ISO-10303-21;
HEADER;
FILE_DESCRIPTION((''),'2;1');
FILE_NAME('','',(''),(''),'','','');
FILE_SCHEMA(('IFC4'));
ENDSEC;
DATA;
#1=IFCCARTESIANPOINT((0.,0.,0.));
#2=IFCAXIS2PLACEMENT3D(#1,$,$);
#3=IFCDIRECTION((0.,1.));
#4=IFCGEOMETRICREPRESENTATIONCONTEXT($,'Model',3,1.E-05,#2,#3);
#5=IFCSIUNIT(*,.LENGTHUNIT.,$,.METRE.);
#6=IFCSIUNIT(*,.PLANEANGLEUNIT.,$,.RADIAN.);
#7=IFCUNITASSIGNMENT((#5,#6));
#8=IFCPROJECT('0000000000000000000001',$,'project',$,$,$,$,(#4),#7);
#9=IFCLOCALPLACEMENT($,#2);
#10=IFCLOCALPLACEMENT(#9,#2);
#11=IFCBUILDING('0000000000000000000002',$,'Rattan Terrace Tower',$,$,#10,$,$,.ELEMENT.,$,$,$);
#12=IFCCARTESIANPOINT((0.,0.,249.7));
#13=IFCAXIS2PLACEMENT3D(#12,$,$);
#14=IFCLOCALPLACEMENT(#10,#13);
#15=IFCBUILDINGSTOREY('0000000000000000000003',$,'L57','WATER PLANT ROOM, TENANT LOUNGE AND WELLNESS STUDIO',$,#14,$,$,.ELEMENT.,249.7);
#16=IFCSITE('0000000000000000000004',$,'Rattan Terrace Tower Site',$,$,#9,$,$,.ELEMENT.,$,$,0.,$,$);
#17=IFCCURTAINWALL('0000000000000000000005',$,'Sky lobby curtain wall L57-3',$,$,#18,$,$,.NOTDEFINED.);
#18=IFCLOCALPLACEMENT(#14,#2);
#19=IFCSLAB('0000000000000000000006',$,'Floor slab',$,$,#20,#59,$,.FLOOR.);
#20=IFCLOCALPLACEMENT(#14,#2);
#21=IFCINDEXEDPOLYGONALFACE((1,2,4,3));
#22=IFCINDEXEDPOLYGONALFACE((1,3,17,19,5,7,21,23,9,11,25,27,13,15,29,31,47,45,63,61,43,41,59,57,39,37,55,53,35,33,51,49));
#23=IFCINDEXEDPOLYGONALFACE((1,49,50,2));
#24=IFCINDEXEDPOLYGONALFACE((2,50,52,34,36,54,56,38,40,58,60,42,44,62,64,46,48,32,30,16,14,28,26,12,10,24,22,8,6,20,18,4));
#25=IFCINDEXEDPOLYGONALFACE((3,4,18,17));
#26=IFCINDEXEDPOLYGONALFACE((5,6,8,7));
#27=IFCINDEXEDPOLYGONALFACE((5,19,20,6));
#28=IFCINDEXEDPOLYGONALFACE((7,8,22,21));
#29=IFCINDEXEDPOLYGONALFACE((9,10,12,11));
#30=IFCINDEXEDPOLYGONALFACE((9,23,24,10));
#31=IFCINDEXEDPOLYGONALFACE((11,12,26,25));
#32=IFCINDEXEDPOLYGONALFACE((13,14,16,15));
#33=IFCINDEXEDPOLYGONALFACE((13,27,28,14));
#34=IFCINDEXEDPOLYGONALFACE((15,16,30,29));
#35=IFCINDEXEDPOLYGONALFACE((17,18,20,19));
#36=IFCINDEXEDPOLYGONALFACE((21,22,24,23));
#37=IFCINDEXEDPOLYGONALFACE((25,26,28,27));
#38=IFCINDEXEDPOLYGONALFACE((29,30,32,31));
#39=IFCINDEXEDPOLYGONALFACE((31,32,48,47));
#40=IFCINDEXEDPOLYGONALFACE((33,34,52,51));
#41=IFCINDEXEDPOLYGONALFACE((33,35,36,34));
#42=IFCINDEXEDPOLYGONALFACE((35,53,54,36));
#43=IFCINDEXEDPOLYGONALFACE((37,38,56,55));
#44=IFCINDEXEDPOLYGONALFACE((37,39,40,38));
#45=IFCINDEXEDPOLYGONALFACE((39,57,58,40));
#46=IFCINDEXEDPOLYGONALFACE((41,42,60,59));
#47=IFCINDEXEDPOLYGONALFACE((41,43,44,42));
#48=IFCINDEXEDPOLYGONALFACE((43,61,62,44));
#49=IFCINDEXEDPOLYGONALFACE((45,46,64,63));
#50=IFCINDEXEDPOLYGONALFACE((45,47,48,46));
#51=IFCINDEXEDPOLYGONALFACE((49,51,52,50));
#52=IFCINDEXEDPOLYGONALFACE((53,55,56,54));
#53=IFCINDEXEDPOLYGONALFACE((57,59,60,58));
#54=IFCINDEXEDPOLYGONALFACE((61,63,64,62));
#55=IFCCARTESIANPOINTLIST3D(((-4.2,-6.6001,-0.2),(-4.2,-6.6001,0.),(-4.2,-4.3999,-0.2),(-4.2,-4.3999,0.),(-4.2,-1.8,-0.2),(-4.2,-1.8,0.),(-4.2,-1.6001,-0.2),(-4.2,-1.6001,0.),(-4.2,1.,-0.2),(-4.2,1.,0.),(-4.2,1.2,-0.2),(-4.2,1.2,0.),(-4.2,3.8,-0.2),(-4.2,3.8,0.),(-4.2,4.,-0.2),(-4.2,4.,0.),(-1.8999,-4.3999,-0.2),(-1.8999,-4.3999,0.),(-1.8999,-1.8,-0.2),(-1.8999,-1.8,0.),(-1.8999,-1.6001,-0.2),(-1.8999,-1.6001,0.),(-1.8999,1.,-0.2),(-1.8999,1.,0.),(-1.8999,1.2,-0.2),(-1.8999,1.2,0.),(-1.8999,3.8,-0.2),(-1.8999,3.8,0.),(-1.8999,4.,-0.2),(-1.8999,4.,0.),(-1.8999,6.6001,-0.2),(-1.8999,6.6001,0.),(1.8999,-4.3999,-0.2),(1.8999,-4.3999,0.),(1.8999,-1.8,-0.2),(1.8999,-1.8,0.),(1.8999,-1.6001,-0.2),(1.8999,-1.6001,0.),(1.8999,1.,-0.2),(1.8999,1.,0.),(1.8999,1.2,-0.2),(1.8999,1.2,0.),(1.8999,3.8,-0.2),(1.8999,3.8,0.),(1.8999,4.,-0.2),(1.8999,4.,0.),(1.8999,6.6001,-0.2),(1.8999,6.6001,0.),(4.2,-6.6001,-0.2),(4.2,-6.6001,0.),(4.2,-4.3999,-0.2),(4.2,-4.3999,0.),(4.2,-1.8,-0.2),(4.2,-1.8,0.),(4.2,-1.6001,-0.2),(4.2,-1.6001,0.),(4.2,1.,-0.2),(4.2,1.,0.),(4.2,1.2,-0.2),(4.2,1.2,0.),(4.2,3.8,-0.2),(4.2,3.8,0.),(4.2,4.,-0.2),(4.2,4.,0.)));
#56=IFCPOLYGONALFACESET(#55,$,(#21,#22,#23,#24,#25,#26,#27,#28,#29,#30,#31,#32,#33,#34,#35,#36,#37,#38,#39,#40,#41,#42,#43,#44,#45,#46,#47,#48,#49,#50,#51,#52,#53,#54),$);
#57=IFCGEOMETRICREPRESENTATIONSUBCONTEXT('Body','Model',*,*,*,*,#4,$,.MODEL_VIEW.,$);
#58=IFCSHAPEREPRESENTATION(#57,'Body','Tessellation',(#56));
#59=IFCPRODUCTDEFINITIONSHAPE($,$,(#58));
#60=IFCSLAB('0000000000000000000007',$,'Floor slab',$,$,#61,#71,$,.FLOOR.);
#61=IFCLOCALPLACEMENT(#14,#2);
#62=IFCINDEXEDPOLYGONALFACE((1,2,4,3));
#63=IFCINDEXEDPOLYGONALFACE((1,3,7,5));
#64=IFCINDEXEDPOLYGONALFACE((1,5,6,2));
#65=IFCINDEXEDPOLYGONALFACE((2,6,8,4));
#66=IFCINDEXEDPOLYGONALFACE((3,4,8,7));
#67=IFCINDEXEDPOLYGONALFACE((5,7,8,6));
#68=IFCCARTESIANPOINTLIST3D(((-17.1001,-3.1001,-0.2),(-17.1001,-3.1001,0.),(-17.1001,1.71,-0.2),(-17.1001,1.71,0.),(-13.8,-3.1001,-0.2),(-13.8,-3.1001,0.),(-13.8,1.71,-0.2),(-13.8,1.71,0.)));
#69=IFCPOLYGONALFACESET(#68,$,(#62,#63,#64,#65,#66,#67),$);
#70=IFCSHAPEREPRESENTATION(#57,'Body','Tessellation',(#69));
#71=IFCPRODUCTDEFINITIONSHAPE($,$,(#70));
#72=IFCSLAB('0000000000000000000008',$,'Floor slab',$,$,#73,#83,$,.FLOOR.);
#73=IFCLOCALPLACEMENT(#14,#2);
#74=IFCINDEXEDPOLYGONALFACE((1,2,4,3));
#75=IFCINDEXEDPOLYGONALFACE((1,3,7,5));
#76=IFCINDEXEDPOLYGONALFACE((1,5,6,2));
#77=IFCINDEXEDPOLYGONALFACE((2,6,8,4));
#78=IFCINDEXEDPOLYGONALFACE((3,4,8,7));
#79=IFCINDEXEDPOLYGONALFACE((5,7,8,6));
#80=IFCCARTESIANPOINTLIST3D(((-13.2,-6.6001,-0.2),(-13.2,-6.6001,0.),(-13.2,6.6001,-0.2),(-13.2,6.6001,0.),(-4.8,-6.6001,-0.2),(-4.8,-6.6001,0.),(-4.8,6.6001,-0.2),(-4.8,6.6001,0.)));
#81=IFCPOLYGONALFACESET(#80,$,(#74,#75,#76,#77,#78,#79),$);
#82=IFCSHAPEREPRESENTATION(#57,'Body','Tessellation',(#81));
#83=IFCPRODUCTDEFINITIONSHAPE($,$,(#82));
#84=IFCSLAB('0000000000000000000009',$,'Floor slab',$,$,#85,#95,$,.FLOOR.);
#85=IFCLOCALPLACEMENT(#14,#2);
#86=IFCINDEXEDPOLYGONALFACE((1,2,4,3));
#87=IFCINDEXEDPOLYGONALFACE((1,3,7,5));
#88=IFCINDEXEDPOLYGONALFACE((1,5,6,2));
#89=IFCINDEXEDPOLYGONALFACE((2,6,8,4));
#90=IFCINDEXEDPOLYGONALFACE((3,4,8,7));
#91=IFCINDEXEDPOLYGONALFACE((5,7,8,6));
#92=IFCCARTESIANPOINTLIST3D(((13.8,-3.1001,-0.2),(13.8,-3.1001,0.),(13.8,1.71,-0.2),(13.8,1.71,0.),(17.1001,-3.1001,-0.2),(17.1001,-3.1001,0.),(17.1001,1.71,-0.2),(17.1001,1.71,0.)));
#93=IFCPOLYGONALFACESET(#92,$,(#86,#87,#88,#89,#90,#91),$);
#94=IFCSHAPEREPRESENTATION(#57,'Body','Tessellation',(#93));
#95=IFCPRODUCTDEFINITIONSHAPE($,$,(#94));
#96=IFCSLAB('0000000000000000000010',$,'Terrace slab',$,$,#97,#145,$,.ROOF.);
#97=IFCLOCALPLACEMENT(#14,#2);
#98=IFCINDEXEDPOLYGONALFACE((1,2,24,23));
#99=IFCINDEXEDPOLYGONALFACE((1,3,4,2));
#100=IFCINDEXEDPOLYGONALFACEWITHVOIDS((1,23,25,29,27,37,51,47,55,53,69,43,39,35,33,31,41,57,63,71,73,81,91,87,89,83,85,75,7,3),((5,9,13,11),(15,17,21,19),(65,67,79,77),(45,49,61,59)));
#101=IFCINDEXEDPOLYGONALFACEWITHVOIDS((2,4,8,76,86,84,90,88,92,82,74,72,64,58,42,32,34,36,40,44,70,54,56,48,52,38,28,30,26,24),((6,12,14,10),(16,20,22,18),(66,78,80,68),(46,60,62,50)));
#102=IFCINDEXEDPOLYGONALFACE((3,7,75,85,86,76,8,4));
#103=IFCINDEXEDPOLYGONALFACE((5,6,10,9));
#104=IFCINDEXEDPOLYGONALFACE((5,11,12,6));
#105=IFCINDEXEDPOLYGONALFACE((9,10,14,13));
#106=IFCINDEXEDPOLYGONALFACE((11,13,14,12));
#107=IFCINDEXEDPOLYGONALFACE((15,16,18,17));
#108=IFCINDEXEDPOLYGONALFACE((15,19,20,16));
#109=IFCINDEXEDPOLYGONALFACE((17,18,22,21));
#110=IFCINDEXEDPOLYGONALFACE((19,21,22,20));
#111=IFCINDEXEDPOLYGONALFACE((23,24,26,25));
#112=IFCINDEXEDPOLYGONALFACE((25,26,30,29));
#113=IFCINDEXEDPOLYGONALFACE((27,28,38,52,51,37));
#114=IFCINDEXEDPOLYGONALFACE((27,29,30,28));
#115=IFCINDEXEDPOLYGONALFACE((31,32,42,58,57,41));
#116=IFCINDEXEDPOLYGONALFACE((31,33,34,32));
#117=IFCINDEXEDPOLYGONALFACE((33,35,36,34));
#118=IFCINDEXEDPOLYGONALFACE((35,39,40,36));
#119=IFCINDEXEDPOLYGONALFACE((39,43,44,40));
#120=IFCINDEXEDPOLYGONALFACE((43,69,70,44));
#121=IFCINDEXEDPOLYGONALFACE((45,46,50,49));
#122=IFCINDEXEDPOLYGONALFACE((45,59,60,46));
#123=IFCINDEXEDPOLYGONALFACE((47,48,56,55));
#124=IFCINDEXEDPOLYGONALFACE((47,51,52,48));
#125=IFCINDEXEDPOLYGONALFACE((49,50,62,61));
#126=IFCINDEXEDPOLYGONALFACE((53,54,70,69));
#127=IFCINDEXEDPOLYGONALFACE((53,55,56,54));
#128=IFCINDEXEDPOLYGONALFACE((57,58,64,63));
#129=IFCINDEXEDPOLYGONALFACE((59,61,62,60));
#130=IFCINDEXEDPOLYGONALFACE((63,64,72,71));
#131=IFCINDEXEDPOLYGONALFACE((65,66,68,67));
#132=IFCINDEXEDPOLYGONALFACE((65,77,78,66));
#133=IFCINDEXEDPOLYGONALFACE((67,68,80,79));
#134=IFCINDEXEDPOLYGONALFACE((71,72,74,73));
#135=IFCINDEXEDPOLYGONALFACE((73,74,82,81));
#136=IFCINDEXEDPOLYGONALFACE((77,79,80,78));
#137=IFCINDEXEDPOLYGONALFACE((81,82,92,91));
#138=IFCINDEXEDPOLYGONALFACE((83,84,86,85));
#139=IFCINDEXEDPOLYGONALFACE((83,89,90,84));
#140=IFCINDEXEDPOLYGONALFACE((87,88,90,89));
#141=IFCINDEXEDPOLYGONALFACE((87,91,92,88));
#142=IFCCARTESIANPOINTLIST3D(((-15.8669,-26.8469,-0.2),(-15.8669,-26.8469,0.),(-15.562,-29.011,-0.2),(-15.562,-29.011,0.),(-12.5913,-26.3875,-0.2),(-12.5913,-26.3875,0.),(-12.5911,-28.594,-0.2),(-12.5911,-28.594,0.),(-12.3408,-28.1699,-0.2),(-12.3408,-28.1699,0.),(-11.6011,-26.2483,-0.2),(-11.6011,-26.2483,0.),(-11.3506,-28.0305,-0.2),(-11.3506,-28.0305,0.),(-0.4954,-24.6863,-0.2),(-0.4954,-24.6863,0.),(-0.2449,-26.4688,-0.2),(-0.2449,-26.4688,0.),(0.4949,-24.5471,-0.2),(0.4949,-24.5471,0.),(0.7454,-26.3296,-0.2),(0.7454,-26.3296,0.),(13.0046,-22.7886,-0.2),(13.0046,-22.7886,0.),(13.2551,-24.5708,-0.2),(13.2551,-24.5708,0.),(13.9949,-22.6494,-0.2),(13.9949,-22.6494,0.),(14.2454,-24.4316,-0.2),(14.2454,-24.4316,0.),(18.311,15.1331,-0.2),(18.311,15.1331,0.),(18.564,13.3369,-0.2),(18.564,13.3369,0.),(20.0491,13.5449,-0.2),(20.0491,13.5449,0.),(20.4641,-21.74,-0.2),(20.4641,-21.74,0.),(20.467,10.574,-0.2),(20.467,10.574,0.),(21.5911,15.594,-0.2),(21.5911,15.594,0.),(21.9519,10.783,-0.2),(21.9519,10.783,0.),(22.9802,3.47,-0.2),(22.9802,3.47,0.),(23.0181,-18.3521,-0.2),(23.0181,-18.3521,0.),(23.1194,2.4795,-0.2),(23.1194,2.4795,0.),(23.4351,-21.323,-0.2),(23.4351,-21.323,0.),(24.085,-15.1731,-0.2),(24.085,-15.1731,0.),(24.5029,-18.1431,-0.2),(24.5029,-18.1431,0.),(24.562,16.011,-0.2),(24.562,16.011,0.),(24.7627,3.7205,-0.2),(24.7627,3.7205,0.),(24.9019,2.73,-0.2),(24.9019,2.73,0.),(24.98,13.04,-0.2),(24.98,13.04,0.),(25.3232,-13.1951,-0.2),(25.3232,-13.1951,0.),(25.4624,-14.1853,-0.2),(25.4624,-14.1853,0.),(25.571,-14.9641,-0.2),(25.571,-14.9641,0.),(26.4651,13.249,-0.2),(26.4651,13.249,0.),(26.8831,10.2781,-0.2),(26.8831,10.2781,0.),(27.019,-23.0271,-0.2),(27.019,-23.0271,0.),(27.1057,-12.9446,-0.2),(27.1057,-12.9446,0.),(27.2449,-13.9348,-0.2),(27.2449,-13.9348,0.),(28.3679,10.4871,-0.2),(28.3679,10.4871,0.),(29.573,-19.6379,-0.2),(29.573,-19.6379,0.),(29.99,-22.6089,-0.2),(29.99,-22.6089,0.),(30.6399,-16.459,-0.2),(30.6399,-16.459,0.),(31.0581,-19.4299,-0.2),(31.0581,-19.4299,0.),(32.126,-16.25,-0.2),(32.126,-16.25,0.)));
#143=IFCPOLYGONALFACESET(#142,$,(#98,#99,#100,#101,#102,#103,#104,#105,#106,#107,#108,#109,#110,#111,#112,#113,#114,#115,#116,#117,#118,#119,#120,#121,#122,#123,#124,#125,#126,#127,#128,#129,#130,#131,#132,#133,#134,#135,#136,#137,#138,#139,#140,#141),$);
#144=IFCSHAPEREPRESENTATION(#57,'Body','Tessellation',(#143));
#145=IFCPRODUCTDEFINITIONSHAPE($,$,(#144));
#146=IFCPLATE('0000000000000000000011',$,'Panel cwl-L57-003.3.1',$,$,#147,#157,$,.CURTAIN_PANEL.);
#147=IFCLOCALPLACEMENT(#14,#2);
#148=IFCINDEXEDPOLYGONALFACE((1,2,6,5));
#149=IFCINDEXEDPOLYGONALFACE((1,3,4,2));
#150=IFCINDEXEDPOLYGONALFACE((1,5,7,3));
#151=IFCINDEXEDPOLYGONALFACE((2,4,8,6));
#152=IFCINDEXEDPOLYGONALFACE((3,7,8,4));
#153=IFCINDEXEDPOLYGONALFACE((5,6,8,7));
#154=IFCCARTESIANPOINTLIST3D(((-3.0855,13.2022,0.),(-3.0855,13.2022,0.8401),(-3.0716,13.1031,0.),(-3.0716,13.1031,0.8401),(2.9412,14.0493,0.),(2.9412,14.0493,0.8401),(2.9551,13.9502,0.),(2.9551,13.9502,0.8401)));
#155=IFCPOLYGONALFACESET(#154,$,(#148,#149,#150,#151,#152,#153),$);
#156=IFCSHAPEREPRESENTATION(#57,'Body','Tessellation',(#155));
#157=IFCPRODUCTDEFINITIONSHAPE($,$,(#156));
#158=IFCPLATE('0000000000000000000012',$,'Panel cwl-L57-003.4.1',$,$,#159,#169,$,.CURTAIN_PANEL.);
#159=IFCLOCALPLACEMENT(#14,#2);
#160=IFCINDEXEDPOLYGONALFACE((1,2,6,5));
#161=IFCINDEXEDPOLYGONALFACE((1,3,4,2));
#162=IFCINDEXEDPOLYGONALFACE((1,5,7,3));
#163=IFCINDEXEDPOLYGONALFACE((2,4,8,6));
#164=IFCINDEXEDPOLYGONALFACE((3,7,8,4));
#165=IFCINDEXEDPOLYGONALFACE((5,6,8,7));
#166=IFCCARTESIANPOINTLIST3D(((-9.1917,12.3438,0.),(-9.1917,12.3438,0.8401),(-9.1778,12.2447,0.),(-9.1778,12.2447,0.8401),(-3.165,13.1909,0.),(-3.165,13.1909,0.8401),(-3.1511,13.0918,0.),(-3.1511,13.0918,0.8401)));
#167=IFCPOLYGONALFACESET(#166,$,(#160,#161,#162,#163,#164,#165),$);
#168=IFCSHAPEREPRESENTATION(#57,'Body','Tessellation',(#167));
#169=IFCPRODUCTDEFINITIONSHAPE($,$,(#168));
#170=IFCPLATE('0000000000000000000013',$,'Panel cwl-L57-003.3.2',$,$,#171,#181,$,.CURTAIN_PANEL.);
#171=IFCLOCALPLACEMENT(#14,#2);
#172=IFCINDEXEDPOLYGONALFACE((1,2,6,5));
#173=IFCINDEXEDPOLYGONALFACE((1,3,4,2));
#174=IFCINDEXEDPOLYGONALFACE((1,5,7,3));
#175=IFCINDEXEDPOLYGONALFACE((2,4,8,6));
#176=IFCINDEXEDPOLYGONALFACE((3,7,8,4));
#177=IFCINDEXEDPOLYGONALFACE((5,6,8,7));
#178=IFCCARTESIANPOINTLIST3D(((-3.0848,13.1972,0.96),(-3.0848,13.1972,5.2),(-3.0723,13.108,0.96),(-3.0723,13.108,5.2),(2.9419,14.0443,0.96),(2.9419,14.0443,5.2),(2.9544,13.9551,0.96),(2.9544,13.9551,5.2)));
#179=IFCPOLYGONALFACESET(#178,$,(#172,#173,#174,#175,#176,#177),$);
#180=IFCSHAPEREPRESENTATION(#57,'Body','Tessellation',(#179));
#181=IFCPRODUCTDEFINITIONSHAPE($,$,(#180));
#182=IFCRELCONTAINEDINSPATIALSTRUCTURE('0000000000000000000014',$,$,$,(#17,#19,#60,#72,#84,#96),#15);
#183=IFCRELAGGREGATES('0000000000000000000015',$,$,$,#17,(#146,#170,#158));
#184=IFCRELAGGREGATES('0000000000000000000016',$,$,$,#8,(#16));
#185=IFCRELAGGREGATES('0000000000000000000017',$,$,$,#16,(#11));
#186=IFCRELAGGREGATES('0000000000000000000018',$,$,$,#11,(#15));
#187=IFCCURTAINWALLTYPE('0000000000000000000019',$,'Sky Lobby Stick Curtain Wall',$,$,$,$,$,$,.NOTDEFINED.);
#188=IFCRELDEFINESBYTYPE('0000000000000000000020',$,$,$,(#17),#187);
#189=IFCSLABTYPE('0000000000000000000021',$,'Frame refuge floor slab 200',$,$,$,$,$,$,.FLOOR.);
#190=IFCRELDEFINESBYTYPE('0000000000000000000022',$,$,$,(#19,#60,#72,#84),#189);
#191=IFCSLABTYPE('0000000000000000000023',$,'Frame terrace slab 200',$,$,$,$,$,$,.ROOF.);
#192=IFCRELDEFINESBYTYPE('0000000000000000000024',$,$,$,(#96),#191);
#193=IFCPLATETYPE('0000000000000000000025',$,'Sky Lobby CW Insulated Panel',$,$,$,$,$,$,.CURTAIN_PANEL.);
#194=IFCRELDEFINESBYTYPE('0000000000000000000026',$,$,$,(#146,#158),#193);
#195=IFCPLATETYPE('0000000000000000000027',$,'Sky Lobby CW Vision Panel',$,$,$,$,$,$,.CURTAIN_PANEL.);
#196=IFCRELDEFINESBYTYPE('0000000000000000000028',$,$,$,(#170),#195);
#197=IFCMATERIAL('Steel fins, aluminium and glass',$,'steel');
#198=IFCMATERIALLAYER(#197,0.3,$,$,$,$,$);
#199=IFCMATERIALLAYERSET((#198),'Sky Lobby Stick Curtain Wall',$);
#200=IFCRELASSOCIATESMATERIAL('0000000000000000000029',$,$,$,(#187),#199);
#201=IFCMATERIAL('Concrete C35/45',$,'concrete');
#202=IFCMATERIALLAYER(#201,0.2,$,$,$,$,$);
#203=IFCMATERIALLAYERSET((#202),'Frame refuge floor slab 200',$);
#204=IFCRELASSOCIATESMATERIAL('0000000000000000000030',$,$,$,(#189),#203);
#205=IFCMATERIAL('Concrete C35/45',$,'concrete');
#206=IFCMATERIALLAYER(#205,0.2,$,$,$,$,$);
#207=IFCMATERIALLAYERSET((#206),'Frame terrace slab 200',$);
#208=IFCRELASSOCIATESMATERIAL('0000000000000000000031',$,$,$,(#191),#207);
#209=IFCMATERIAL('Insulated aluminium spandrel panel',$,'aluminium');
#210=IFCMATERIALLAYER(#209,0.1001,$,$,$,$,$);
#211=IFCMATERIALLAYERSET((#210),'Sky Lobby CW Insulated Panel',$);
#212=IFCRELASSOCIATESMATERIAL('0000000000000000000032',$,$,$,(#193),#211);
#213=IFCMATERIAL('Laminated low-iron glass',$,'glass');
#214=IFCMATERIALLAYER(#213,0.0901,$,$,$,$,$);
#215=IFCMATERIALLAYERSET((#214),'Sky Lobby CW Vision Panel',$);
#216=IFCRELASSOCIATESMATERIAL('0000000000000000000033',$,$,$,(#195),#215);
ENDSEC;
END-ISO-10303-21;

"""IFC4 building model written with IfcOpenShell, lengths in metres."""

from ifc_helpers import new_model, si_unit, direction, frame, origin, origin_2d, place, context, subcontext, project, spatial, polyline, rectangle, outline, extrude, material, layer, layer_set, type_object, element, aggregate, save


model = new_model("IFC4")

# Units and contexts
model_context = context("Model", 3, precision=1e-05, world=origin(), true_north=direction((0.0, 1.0)))
body_context = subcontext(model_context, "Body", "Model", "MODEL_VIEW")
ifc_project = project(units=[si_unit("LENGTHUNIT", "METRE"), si_unit("PLANEANGLEUNIT", "RADIAN")], contexts=[model_context])

# Site, building, storey
site_placement = place(None, origin())
site = spatial("IfcSite", under=ifc_project, at=site_placement, Name="Rattan Terrace Tower Site", CompositionType="ELEMENT", RefElevation=0.0)
building_placement = place(site_placement, origin())
building = spatial("IfcBuilding", under=site, at=building_placement, Name="Rattan Terrace Tower", CompositionType="ELEMENT")
storey_placement = place(building_placement, frame((0.0, 0.0, 249.7)))
storey = spatial("IfcBuildingStorey", under=building, at=storey_placement, Name="L57", Description="WATER PLANT ROOM, TENANT LOUNGE AND WELLNESS STUDIO", CompositionType="ELEMENT", Elevation=249.7)

# Curtain wall
ifc_material_1 = material(Name="Steel fins, aluminium and glass", Category="steel")
ifc_layer_1 = layer(ifc_material_1, 0.3)
ifc_layer_set_1 = layer_set([ifc_layer_1], Name="Sky Lobby Stick Curtain Wall")
curtain_wall_type = type_object("IfcCurtainWallType", Name="Sky Lobby Stick Curtain Wall", PredefinedType="NOTDEFINED", material=ifc_layer_set_1)
curtain_wall_placement = place(storey_placement, origin())
curtain_wall = element("IfcCurtainWall", 1, at=curtain_wall_placement, inside=storey, type_object=curtain_wall_type, Name="Sky lobby curtain wall L57-3", PredefinedType="NOTDEFINED")

# Slabs
ifc_material_2 = material(Name="Concrete C35/45", Category="concrete")
ifc_layer_2 = layer(ifc_material_2, 0.2)
ifc_layer_set_2 = layer_set([ifc_layer_2], Name="Frame refuge floor slab 200")
slab_type_1 = type_object("IfcSlabType", Name="Frame refuge floor slab 200", PredefinedType="FLOOR", material=ifc_layer_set_2)
slab_1_placement = place(storey_placement, frame((0.0, 0.0, -0.2)))
element("IfcSlab", 2, at=slab_1_placement, inside=storey, type_object=slab_type_1, Name="Floor slab", PredefinedType="FLOOR", context=body_context, shape_type="SweptSolid", body=[
    extrude(outline(polyline([(1.8999, 6.6001), (-1.8999, 6.6001), (-1.8999, 4.0), (-4.2, 4.0), (-4.2, 3.8), (-1.8999, 3.8), (-1.8999, 1.2), (-4.2, 1.2), (-4.2, 1.0), (-1.8999, 1.0), (-1.8999, -1.6001), (-4.2, -1.6001), (-4.2, -1.8), (-1.8999, -1.8), (-1.8999, -4.3999), (-4.2, -4.3999), (-4.2, -6.6001), (4.2, -6.6001), (4.2, -4.3999), (1.8999, -4.3999), (1.8999, -1.8), (4.2, -1.8), (4.2, -1.6001), (1.8999, -1.6001), (1.8999, 1.0), (4.2, 1.0), (4.2, 1.2), (1.8999, 1.2), (1.8999, 3.8), (4.2, 3.8), (4.2, 4.0), (1.8999, 4.0), (1.8999, 6.6001)])), origin(), (0.0, 0.0, 1.0), 0.2),
])
slab_2_placement = place(storey_placement, frame((0.0, 0.0, -0.2)))
element("IfcSlab", 3, at=slab_2_placement, inside=storey, type_object=slab_type_1, Name="Floor slab", PredefinedType="FLOOR", context=body_context, shape_type="SweptSolid", body=[
    extrude(outline(polyline([(-17.1001, -3.1001), (-13.8, -3.1001), (-13.8, 1.71), (-17.1001, 1.71), (-17.1001, -3.1001)])), origin(), (0.0, 0.0, 1.0), 0.2),
])
slab_3_placement = place(storey_placement, frame((0.0, 0.0, -0.2)))
element("IfcSlab", 4, at=slab_3_placement, inside=storey, type_object=slab_type_1, Name="Floor slab", PredefinedType="FLOOR", context=body_context, shape_type="SweptSolid", body=[
    extrude(outline(polyline([(-4.8, -6.6001), (-4.8, 6.6001), (-13.2, 6.6001), (-13.2, -6.6001), (-4.8, -6.6001)])), origin(), (0.0, 0.0, 1.0), 0.2),
])
slab_4_placement = place(storey_placement, frame((0.0, 0.0, -0.2)))
element("IfcSlab", 5, at=slab_4_placement, inside=storey, type_object=slab_type_1, Name="Floor slab", PredefinedType="FLOOR", context=body_context, shape_type="SweptSolid", body=[
    extrude(outline(polyline([(13.8, -3.1001), (17.1001, -3.1001), (17.1001, 1.71), (13.8, 1.71), (13.8, -3.1001)])), origin(), (0.0, 0.0, 1.0), 0.2),
])
ifc_material_3 = material(Name="Concrete C35/45", Category="concrete")
ifc_layer_3 = layer(ifc_material_3, 0.2)
ifc_layer_set_3 = layer_set([ifc_layer_3], Name="Frame terrace slab 200")
slab_type_2 = type_object("IfcSlabType", Name="Frame terrace slab 200", PredefinedType="ROOF", material=ifc_layer_set_3)
slab_5_placement = place(storey_placement, frame((0.0, 0.0, -0.2)))
element("IfcSlab", 6, at=slab_5_placement, inside=storey, type_object=slab_type_2, Name="Terrace slab", PredefinedType="ROOF", context=body_context, shape_type="SweptSolid", body=[
    extrude(outline(polyline([(20.4641, -21.74), (13.9949, -22.6494), (14.2454, -24.4316), (13.2551, -24.5708), (13.0046, -22.7886), (-15.8669, -26.8469), (-15.562, -29.011), (-12.5911, -28.594), (27.019, -23.0271), (29.99, -22.6089), (29.573, -19.6379), (31.0581, -19.4299), (30.6399, -16.459), (32.126, -16.25), (28.3679, 10.4871), (26.8831, 10.2781), (26.4651, 13.249), (24.98, 13.04), (24.562, 16.011), (21.5911, 15.594), (18.311, 15.1331), (18.564, 13.3369), (20.0491, 13.5449), (20.467, 10.574), (21.9519, 10.783), (25.571, -14.9641), (24.085, -15.1731), (24.5029, -18.1431), (23.0181, -18.3521), (23.4351, -21.323), (20.4641, -21.74)]), holes=[polyline([(-11.6011, -26.2483), (-12.5913, -26.3875), (-12.3408, -28.1699), (-11.3506, -28.0305), (-11.6011, -26.2483)]), polyline([(0.4949, -24.5471), (-0.4954, -24.6863), (-0.2449, -26.4688), (0.7454, -26.3296), (0.4949, -24.5471)]), polyline([(27.1057, -12.9446), (25.3232, -13.1951), (25.4624, -14.1853), (27.2449, -13.9348), (27.1057, -12.9446)]), polyline([(22.9802, 3.47), (23.1194, 2.4795), (24.9019, 2.73), (24.7627, 3.7205), (22.9802, 3.47)])]), origin(), (0.0, 0.0, 1.0), 0.2),
])

# Plates
ifc_material_4 = material(Name="Insulated aluminium spandrel panel", Category="aluminium")
ifc_layer_4 = layer(ifc_material_4, 0.1001)
ifc_layer_set_4 = layer_set([ifc_layer_4], Name="Sky Lobby CW Insulated Panel")
plate_type_1 = type_object("IfcPlateType", Name="Sky Lobby CW Insulated Panel", PredefinedType="CURTAIN_PANEL", material=ifc_layer_set_4)
plate_1_placement = place(storey_placement, frame((-0.0652, 13.5762, 0.0), z_axis=(0.0, 0.0, 1.0), x_axis=(-0.990266, -0.139189, 0.0)))
plate_1 = element("IfcPlate", 7, at=plate_1_placement, type_object=plate_type_1, Name="Panel cwl-L57-003.3.1", PredefinedType="CURTAIN_PANEL", context=body_context, shape_type="SweptSolid", body=[
    extrude(rectangle(XDim=6.0859, YDim=0.1001, at=origin_2d()), origin(), (0.0, 0.0, 1.0), 0.8401),
])
plate_2_placement = place(storey_placement, frame((-6.1714, 12.7178, 0.0), z_axis=(0.0, 0.0, 1.0), x_axis=(-0.990266, -0.139189, 0.0)))
plate_2 = element("IfcPlate", 8, at=plate_2_placement, type_object=plate_type_1, Name="Panel cwl-L57-003.4.1", PredefinedType="CURTAIN_PANEL", context=body_context, shape_type="SweptSolid", body=[
    extrude(rectangle(XDim=6.0859, YDim=0.1001, at=origin_2d()), origin(), (0.0, 0.0, 1.0), 0.8401),
])
ifc_material_5 = material(Name="Laminated low-iron glass", Category="glass")
ifc_layer_5 = layer(ifc_material_5, 0.0901)
ifc_layer_set_5 = layer_set([ifc_layer_5], Name="Sky Lobby CW Vision Panel")
plate_type_2 = type_object("IfcPlateType", Name="Sky Lobby CW Vision Panel", PredefinedType="CURTAIN_PANEL", material=ifc_layer_set_5)
plate_3_placement = place(storey_placement, frame((-0.0652, 13.5762, 0.96), z_axis=(0.0, 0.0, 1.0), x_axis=(-0.990266, -0.139189, 0.0)))
plate_3 = element("IfcPlate", 9, at=plate_3_placement, type_object=plate_type_2, Name="Panel cwl-L57-003.3.2", PredefinedType="CURTAIN_PANEL", context=body_context, shape_type="SweptSolid", body=[
    extrude(rectangle(XDim=6.0859, YDim=0.0901, at=origin_2d()), origin(), (0.0, 0.0, 1.0), 4.24),
])
aggregate(curtain_wall, [plate_1, plate_3, plate_2])

save(model, "model.ifc")
